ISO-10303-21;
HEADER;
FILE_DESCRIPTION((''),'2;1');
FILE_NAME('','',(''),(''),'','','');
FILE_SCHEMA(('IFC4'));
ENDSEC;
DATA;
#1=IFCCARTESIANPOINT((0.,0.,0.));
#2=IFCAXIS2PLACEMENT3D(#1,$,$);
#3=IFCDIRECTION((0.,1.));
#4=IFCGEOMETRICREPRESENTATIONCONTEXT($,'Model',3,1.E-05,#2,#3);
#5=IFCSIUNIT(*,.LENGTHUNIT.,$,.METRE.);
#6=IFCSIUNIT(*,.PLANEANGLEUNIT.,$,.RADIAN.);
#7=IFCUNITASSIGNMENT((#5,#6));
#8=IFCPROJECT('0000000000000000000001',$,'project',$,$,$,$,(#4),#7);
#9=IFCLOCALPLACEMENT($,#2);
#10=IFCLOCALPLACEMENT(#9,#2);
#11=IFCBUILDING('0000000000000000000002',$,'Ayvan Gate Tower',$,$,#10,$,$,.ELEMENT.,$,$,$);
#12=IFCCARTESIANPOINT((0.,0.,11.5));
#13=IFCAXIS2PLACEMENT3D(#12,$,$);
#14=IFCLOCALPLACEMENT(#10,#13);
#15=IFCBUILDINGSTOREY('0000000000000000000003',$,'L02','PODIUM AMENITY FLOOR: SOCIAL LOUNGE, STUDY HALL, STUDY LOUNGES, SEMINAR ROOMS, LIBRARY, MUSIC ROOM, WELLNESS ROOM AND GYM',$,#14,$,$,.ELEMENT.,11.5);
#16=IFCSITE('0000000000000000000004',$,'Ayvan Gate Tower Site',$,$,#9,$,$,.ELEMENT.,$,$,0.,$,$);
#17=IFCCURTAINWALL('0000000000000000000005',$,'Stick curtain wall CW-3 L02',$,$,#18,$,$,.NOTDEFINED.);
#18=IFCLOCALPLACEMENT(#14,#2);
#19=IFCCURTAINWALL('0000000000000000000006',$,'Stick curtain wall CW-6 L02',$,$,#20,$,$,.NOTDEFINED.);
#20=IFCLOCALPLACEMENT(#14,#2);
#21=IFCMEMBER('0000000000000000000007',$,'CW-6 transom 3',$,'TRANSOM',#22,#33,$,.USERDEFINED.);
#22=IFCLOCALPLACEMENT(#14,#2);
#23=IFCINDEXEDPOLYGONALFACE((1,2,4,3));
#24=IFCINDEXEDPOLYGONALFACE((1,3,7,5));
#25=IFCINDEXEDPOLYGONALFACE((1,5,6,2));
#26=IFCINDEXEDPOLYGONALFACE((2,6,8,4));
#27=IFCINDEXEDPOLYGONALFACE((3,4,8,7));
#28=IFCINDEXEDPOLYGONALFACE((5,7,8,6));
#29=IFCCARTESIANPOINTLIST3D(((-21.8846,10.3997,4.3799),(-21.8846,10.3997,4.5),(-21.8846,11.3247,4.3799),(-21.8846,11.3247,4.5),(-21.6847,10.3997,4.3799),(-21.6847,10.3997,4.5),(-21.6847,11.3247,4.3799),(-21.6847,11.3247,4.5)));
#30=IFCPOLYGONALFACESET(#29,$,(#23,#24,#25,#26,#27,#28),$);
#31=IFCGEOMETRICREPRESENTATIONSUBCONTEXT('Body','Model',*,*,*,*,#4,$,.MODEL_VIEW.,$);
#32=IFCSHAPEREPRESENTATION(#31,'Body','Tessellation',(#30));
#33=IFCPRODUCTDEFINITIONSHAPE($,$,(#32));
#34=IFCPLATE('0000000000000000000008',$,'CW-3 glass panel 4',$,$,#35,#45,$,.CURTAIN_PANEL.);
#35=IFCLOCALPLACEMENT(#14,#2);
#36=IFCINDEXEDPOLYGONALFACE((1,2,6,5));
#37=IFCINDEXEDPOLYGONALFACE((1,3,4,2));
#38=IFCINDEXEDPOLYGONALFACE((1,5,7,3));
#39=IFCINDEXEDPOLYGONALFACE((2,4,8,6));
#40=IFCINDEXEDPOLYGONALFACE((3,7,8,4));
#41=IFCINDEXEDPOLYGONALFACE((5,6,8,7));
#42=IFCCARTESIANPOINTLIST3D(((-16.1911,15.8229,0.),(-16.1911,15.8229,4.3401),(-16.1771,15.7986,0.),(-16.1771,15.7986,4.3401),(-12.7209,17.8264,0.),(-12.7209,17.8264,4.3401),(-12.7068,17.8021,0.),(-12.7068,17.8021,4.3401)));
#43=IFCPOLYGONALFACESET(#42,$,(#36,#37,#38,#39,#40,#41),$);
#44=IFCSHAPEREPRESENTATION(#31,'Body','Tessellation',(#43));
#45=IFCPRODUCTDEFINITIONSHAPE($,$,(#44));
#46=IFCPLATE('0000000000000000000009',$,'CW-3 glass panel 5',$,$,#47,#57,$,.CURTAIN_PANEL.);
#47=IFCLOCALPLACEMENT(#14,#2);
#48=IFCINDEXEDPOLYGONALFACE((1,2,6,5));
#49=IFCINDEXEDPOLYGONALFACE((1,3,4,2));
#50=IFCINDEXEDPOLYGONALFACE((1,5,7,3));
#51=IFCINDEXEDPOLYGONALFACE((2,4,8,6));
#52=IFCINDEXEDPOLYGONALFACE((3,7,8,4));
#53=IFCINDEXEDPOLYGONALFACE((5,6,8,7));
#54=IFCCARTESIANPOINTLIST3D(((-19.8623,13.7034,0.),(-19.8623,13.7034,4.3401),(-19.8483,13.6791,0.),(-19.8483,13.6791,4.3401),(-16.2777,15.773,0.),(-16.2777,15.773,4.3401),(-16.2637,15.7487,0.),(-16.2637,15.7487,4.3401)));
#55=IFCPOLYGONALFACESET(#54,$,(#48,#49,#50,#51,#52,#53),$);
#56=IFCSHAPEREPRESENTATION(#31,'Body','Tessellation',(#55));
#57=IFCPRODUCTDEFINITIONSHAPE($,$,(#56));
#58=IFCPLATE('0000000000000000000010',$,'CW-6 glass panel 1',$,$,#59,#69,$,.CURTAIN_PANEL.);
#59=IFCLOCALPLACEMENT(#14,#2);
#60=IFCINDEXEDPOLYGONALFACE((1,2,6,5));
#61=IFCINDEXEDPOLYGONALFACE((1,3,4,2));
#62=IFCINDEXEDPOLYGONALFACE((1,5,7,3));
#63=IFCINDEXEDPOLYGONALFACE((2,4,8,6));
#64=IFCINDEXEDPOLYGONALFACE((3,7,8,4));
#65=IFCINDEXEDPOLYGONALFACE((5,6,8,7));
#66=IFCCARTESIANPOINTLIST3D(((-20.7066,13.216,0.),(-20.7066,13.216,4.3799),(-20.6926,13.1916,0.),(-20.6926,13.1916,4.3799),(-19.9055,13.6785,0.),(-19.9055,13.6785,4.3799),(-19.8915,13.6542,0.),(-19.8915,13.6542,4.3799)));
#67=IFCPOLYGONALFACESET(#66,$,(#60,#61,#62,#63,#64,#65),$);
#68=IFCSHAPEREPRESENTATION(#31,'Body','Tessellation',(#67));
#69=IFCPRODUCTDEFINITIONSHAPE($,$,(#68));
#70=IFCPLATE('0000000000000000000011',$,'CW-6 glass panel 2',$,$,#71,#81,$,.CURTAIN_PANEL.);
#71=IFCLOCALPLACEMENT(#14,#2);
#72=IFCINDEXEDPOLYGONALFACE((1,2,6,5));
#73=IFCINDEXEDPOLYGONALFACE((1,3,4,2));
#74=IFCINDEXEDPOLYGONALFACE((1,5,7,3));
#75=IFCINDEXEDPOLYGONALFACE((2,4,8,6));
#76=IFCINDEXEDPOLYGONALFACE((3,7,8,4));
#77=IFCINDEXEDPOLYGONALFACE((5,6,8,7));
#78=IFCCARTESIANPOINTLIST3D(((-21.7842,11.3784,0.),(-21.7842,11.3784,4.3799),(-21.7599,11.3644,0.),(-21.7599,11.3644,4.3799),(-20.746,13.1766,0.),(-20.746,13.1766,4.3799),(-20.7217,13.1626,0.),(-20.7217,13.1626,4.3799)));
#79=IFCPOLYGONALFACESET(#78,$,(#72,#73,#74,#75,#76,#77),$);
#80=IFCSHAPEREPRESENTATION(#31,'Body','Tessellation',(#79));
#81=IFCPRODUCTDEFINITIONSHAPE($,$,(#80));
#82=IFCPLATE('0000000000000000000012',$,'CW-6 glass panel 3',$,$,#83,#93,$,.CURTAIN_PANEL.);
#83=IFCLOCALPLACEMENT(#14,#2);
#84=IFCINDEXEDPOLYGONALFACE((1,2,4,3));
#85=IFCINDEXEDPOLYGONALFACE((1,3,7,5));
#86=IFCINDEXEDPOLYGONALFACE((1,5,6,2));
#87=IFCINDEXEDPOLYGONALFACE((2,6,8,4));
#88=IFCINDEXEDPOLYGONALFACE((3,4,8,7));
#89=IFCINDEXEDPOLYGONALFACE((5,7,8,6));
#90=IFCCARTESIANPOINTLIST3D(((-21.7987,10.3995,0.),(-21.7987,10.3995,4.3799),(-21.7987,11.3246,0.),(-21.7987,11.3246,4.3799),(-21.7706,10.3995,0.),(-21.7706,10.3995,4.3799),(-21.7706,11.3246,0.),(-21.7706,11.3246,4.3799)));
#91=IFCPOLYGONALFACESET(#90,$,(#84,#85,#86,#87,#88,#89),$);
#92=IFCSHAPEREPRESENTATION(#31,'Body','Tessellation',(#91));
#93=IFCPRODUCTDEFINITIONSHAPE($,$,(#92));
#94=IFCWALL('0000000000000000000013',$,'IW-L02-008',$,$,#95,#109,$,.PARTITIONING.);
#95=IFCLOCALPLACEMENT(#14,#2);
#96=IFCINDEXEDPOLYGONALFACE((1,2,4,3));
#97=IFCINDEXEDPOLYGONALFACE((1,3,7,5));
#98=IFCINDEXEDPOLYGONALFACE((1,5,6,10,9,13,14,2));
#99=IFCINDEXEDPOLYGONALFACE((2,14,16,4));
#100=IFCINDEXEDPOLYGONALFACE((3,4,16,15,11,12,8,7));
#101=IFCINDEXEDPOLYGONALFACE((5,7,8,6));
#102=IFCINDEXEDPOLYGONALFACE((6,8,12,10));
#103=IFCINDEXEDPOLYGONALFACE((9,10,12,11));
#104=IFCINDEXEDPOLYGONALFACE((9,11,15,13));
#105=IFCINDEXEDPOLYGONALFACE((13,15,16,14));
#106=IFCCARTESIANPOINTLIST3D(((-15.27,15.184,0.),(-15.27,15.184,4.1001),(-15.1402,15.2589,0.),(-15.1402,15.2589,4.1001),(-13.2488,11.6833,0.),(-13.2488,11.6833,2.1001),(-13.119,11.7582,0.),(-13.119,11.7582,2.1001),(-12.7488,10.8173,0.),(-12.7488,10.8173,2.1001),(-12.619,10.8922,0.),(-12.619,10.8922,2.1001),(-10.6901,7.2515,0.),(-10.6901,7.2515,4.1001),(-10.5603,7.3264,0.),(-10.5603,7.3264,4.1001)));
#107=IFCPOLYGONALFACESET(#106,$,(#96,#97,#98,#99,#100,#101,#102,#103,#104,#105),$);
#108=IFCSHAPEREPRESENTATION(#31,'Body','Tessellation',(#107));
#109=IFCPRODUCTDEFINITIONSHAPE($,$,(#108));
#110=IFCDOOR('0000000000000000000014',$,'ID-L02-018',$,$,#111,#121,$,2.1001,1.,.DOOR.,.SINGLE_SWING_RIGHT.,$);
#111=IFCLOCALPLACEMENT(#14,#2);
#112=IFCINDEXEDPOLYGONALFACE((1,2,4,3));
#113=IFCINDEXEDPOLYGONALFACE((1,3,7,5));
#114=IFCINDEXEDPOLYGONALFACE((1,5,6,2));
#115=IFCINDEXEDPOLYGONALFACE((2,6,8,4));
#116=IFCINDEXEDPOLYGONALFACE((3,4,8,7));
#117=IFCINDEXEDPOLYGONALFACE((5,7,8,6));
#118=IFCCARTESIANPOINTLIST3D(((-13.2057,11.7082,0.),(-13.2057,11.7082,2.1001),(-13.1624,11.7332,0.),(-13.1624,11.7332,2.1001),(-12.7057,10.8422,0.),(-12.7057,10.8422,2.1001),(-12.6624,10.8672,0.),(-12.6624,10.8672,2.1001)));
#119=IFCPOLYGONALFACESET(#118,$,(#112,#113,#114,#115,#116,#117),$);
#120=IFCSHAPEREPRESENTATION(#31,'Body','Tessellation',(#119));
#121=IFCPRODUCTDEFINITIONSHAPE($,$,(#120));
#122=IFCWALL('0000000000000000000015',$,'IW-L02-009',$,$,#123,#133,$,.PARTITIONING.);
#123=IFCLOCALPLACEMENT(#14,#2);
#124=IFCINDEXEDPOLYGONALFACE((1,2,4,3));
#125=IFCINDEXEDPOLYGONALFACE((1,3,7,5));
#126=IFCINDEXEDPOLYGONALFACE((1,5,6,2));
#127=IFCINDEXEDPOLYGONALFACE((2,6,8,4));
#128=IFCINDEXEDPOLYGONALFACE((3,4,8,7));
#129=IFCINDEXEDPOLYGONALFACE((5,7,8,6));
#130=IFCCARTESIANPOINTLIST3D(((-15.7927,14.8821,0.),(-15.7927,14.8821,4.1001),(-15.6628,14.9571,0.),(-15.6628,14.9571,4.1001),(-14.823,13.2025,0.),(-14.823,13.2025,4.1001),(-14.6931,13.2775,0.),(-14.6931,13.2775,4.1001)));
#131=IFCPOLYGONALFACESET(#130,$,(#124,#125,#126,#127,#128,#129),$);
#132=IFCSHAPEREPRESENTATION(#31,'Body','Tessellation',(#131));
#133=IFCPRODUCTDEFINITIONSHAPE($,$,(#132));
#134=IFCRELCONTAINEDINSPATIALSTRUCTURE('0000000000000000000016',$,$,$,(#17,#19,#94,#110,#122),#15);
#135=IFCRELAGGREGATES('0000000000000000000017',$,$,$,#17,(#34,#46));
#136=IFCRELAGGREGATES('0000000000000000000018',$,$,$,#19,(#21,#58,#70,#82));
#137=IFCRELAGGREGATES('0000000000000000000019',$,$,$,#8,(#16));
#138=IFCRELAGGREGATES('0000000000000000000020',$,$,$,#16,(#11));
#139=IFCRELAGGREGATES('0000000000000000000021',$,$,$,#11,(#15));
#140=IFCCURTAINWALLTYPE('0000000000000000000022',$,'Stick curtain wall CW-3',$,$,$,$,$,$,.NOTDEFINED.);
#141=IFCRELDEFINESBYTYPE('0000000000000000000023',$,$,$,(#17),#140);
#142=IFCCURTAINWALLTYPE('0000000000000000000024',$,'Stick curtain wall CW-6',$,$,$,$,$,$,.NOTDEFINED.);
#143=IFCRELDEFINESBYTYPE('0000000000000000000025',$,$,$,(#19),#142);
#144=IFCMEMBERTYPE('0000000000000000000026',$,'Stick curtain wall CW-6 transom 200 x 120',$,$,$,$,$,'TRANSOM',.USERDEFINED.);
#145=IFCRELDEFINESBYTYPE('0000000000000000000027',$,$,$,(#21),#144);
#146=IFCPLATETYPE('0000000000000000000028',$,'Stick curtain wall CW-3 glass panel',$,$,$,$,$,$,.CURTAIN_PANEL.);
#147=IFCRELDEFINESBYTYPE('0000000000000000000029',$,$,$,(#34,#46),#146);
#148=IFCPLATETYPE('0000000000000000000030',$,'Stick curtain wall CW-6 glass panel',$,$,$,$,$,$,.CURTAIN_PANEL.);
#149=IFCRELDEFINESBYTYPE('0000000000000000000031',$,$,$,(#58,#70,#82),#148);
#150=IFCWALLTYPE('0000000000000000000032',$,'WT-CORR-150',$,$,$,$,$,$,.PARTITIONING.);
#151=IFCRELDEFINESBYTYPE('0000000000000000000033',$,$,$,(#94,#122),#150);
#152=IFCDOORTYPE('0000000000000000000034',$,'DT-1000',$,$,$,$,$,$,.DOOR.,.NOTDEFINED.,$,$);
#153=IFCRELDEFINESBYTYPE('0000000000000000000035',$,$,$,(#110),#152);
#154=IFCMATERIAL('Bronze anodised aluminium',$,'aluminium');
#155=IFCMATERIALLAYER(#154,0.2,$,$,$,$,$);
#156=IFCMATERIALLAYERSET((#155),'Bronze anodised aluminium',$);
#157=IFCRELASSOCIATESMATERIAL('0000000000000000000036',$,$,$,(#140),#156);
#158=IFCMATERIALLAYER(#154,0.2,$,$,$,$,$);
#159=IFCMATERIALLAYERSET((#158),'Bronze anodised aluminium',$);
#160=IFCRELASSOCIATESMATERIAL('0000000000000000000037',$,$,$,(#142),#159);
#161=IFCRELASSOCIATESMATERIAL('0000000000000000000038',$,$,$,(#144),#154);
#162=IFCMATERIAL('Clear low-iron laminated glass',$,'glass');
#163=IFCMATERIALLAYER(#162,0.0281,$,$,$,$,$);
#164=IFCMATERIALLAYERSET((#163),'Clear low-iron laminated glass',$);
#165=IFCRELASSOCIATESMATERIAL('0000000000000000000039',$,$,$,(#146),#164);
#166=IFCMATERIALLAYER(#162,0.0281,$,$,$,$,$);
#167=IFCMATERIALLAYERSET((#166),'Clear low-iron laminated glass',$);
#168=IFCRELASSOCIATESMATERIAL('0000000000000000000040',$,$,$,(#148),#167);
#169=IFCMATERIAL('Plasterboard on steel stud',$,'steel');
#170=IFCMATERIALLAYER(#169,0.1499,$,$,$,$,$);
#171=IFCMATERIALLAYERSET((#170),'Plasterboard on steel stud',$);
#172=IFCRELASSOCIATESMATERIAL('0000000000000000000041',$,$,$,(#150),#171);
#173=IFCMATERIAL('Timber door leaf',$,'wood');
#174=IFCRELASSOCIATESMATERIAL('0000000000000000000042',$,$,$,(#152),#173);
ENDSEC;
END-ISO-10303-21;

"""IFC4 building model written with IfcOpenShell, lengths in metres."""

from ifc_helpers import new_model, si_unit, direction, frame, frame_2d, origin, origin_2d, place, context, subcontext, project, spatial, rectangle, extrude, material, layer, layer_set, material_profile, profile_set, type_object, element, fill, aggregate, save


model = new_model("IFC4")

# Units and contexts
model_context = context("Model", 3, precision=1e-05, world=origin(), true_north=direction((0.0, 1.0)))
body_context = subcontext(model_context, "Body", "Model", "MODEL_VIEW")
ifc_project = project(units=[si_unit("LENGTHUNIT", "METRE"), si_unit("PLANEANGLEUNIT", "RADIAN")], contexts=[model_context])

# Site, building, storey
site_placement = place(None, origin())
site = spatial("IfcSite", under=ifc_project, at=site_placement, Name="Ayvan Gate Tower Site", CompositionType="ELEMENT", RefElevation=0.0)
building_placement = place(site_placement, origin())
building = spatial("IfcBuilding", under=site, at=building_placement, Name="Ayvan Gate Tower", CompositionType="ELEMENT")
storey_placement = place(building_placement, frame((0.0, 0.0, 11.5)))
storey = spatial("IfcBuildingStorey", under=building, at=storey_placement, Name="L02", Description="PODIUM AMENITY FLOOR: SOCIAL LOUNGE, STUDY HALL, STUDY LOUNGES, SEMINAR ROOMS, LIBRARY, MUSIC ROOM, WELLNESS ROOM AND GYM", CompositionType="ELEMENT", Elevation=11.5)

# Curtain walls, member
ifc_material_1 = material(Name="Bronze anodised aluminium", Category="aluminium")
ifc_layer_1 = layer(ifc_material_1, 0.2)
ifc_layer_set_1 = layer_set([ifc_layer_1], Name="Bronze anodised aluminium")
curtain_wall_type_1 = type_object("IfcCurtainWallType", Name="Stick curtain wall CW-3", PredefinedType="NOTDEFINED", material=ifc_layer_set_1)
curtain_wall_1_placement = place(storey_placement, origin())
curtain_wall_1 = element("IfcCurtainWall", 1, at=curtain_wall_1_placement, inside=storey, type_object=curtain_wall_type_1, Name="Stick curtain wall CW-3 L02", PredefinedType="NOTDEFINED")
ifc_layer_2 = layer(ifc_material_1, 0.2)
ifc_layer_set_2 = layer_set([ifc_layer_2], Name="Bronze anodised aluminium")
curtain_wall_type_2 = type_object("IfcCurtainWallType", Name="Stick curtain wall CW-6", PredefinedType="NOTDEFINED", material=ifc_layer_set_2)
curtain_wall_2_placement = place(storey_placement, origin())
curtain_wall_2 = element("IfcCurtainWall", 2, at=curtain_wall_2_placement, inside=storey, type_object=curtain_wall_type_2, Name="Stick curtain wall CW-6 L02", PredefinedType="NOTDEFINED")
ifc_material_profile_1 = material_profile(ifc_material_1, rectangle(XDim=0.2, YDim=0.1201, at=origin_2d()), Name="Stick curtain wall CW-6 transom 200 x 120")
ifc_profile_set_1 = profile_set([ifc_material_profile_1], Name="Bronze anodised aluminium")
member_type_1 = type_object("IfcMemberType", Name="Stick curtain wall CW-6 transom 200 x 120", ElementType="TRANSOM", PredefinedType="USERDEFINED", material=ifc_profile_set_1)
member_1_placement = place(storey_placement, frame((-21.7847, 11.3247, 4.4399), z_axis=(0.0, -1.0, 0.0), x_axis=(1.0, 0.0, 0.0)))
member_1 = element("IfcMember", 3, at=member_1_placement, type_object=member_type_1, Name="CW-6 transom 3", ObjectType="TRANSOM", PredefinedType="USERDEFINED", context=body_context, shape_type="SweptSolid", body=[
    extrude(rectangle(XDim=0.2, YDim=0.1201, at=origin_2d()), origin(), (0.0, 0.0, 1.0), 0.925),
])

# Plates
ifc_material_2 = material(Name="Clear low-iron laminated glass", Category="glass")
ifc_layer_3 = layer(ifc_material_2, 0.0281)
ifc_layer_set_3 = layer_set([ifc_layer_3], Name="Clear low-iron laminated glass")
plate_type_1 = type_object("IfcPlateType", Name="Stick curtain wall CW-3 glass panel", PredefinedType="CURTAIN_PANEL", material=ifc_layer_set_3)
plate_1_placement = place(storey_placement, frame((-14.449, 16.8125, 0.0), z_axis=(0.0, 0.0, 1.0), x_axis=(-0.866025, -0.5, 0.0)))
plate_1 = element("IfcPlate", 4, at=plate_1_placement, type_object=plate_type_1, Name="CW-3 glass panel 4", PredefinedType="CURTAIN_PANEL", context=body_context, shape_type="SweptSolid", body=[
    extrude(rectangle(XDim=4.0071, YDim=0.0281, at=origin_2d()), origin(), (0.0, 0.0, 1.0), 4.3401),
])
plate_2_placement = place(storey_placement, frame((-18.063, 14.7261, 0.0), z_axis=(0.0, 0.0, 1.0), x_axis=(-0.866025, -0.5, 0.0)))
plate_2 = element("IfcPlate", 5, at=plate_2_placement, type_object=plate_type_1, Name="CW-3 glass panel 5", PredefinedType="CURTAIN_PANEL", context=body_context, shape_type="SweptSolid", body=[
    extrude(rectangle(XDim=4.1392, YDim=0.0281, at=origin_2d()), origin(), (0.0, 0.0, 1.0), 4.3401),
])
aggregate(curtain_wall_1, [plate_1, plate_2])
ifc_layer_4 = layer(ifc_material_2, 0.0281)
ifc_layer_set_4 = layer_set([ifc_layer_4], Name="Clear low-iron laminated glass")
plate_type_2 = type_object("IfcPlateType", Name="Stick curtain wall CW-6 glass panel", PredefinedType="CURTAIN_PANEL", material=ifc_layer_set_4)
plate_3_placement = place(storey_placement, frame((-20.2991, 13.4351, 0.0), z_axis=(0.0, 0.0, 1.0), x_axis=(-0.866025, -0.5, 0.0)))
plate_3 = element("IfcPlate", 6, at=plate_3_placement, type_object=plate_type_2, Name="CW-6 glass panel 1", PredefinedType="CURTAIN_PANEL", context=body_context, shape_type="SweptSolid", body=[
    extrude(rectangle(XDim=0.925, YDim=0.0281, at=origin_2d()), origin(), (0.0, 0.0, 1.0), 4.3799),
])
plate_4_placement = place(storey_placement, frame((-21.2529, 12.2705, 0.0), z_axis=(0.0, 0.0, 1.0), x_axis=(-0.5, -0.866025, 0.0)))
plate_4 = element("IfcPlate", 7, at=plate_4_placement, type_object=plate_type_2, Name="CW-6 glass panel 2", PredefinedType="CURTAIN_PANEL", context=body_context, shape_type="SweptSolid", body=[
    extrude(rectangle(XDim=2.0764, YDim=0.0281, at=origin_2d()), origin(), (0.0, 0.0, 1.0), 4.3799),
])
plate_5_placement = place(storey_placement, frame((-21.7847, 10.8621, 0.0), z_axis=(0.0, 0.0, 1.0), x_axis=(0.0, -1.0, 0.0)))
plate_5 = element("IfcPlate", 8, at=plate_5_placement, type_object=plate_type_2, Name="CW-6 glass panel 3", PredefinedType="CURTAIN_PANEL", context=body_context, shape_type="SweptSolid", body=[
    extrude(rectangle(XDim=0.925, YDim=0.0281, at=origin_2d()), origin(), (0.0, 0.0, 1.0), 4.3799),
])
aggregate(curtain_wall_2, [member_1, plate_3, plate_4, plate_5])

# Wall, opening, door
ifc_material_3 = material(Name="Plasterboard on steel stud", Category="steel")
ifc_layer_5 = layer(ifc_material_3, 0.1499)
ifc_layer_set_5 = layer_set([ifc_layer_5], Name="Plasterboard on steel stud")
wall_type = type_object("IfcWallType", Name="WT-CORR-150", PredefinedType="PARTITIONING", material=ifc_layer_set_5)
wall_1_placement = place(storey_placement, frame((-15.2051, 15.2214, 0.0), z_axis=(0.0, 0.0, 1.0), x_axis=(0.500006, -0.866022, 0.0)))
wall_1 = element("IfcWall", 9, at=wall_1_placement, inside=storey, type_object=wall_type, Name="IW-L02-008", PredefinedType="PARTITIONING", context=body_context, shape_type="SweptSolid", body=[
    extrude(rectangle(XDim=9.1597, YDim=0.1499, at=frame_2d((4.5798, 0.0))), origin(), (0.0, 0.0, 1.0), 4.1001),
])
opening_placement = place(wall_1_placement, frame((4.0422, 0.0, 0.0)))
opening = element("IfcOpeningElement", 10, at=opening_placement, cuts=wall_1, PredefinedType="OPENING", context=body_context, shape_type="SweptSolid", body=[
    extrude(rectangle(XDim=1.0, YDim=2.1001, at=frame_2d((0.5, 1.05))), frame((0.0, 0.085, 0.0), z_axis=(0.0, -1.0, 0.0), x_axis=(1.0, 0.0, 0.0)), (0.0, 0.0, 1.0), 0.1699),
])
ifc_material_4 = material(Name="Timber door leaf", Category="wood")
door_type = type_object("IfcDoorType", Name="DT-1000", OperationType="NOTDEFINED", PredefinedType="DOOR", material=ifc_material_4)
door_placement = place(opening_placement, origin())
door = element("IfcDoor", 11, at=door_placement, inside=storey, type_object=door_type, Name="ID-L02-018", OperationType="SINGLE_SWING_RIGHT", OverallHeight=2.1001, OverallWidth=1.0, PredefinedType="DOOR", context=body_context, shape_type="SweptSolid", body=[
    extrude(rectangle(XDim=1.0, YDim=2.1001, at=frame_2d((0.5, 1.05))), frame((0.0, 0.0249, 0.0), z_axis=(0.0, -1.0, 0.0), x_axis=(1.0, 0.0, 0.0)), (0.0, 0.0, 1.0), 0.05),
])
fill(opening, door)

# Wall
wall_2_placement = place(storey_placement, frame((-14.7581, 13.24, 0.0), z_axis=(0.0, 0.0, 1.0), x_axis=(-0.499984, 0.866035, 0.0)))
element("IfcWall", 12, at=wall_2_placement, inside=storey, type_object=wall_type, Name="IW-L02-009", PredefinedType="PARTITIONING", context=body_context, shape_type="SweptSolid", body=[
    extrude(rectangle(XDim=1.9395, YDim=0.1499, at=frame_2d((0.9697, 0.0))), origin(), (0.0, 0.0, 1.0), 4.1001),
])

save(model, "model.ifc")
